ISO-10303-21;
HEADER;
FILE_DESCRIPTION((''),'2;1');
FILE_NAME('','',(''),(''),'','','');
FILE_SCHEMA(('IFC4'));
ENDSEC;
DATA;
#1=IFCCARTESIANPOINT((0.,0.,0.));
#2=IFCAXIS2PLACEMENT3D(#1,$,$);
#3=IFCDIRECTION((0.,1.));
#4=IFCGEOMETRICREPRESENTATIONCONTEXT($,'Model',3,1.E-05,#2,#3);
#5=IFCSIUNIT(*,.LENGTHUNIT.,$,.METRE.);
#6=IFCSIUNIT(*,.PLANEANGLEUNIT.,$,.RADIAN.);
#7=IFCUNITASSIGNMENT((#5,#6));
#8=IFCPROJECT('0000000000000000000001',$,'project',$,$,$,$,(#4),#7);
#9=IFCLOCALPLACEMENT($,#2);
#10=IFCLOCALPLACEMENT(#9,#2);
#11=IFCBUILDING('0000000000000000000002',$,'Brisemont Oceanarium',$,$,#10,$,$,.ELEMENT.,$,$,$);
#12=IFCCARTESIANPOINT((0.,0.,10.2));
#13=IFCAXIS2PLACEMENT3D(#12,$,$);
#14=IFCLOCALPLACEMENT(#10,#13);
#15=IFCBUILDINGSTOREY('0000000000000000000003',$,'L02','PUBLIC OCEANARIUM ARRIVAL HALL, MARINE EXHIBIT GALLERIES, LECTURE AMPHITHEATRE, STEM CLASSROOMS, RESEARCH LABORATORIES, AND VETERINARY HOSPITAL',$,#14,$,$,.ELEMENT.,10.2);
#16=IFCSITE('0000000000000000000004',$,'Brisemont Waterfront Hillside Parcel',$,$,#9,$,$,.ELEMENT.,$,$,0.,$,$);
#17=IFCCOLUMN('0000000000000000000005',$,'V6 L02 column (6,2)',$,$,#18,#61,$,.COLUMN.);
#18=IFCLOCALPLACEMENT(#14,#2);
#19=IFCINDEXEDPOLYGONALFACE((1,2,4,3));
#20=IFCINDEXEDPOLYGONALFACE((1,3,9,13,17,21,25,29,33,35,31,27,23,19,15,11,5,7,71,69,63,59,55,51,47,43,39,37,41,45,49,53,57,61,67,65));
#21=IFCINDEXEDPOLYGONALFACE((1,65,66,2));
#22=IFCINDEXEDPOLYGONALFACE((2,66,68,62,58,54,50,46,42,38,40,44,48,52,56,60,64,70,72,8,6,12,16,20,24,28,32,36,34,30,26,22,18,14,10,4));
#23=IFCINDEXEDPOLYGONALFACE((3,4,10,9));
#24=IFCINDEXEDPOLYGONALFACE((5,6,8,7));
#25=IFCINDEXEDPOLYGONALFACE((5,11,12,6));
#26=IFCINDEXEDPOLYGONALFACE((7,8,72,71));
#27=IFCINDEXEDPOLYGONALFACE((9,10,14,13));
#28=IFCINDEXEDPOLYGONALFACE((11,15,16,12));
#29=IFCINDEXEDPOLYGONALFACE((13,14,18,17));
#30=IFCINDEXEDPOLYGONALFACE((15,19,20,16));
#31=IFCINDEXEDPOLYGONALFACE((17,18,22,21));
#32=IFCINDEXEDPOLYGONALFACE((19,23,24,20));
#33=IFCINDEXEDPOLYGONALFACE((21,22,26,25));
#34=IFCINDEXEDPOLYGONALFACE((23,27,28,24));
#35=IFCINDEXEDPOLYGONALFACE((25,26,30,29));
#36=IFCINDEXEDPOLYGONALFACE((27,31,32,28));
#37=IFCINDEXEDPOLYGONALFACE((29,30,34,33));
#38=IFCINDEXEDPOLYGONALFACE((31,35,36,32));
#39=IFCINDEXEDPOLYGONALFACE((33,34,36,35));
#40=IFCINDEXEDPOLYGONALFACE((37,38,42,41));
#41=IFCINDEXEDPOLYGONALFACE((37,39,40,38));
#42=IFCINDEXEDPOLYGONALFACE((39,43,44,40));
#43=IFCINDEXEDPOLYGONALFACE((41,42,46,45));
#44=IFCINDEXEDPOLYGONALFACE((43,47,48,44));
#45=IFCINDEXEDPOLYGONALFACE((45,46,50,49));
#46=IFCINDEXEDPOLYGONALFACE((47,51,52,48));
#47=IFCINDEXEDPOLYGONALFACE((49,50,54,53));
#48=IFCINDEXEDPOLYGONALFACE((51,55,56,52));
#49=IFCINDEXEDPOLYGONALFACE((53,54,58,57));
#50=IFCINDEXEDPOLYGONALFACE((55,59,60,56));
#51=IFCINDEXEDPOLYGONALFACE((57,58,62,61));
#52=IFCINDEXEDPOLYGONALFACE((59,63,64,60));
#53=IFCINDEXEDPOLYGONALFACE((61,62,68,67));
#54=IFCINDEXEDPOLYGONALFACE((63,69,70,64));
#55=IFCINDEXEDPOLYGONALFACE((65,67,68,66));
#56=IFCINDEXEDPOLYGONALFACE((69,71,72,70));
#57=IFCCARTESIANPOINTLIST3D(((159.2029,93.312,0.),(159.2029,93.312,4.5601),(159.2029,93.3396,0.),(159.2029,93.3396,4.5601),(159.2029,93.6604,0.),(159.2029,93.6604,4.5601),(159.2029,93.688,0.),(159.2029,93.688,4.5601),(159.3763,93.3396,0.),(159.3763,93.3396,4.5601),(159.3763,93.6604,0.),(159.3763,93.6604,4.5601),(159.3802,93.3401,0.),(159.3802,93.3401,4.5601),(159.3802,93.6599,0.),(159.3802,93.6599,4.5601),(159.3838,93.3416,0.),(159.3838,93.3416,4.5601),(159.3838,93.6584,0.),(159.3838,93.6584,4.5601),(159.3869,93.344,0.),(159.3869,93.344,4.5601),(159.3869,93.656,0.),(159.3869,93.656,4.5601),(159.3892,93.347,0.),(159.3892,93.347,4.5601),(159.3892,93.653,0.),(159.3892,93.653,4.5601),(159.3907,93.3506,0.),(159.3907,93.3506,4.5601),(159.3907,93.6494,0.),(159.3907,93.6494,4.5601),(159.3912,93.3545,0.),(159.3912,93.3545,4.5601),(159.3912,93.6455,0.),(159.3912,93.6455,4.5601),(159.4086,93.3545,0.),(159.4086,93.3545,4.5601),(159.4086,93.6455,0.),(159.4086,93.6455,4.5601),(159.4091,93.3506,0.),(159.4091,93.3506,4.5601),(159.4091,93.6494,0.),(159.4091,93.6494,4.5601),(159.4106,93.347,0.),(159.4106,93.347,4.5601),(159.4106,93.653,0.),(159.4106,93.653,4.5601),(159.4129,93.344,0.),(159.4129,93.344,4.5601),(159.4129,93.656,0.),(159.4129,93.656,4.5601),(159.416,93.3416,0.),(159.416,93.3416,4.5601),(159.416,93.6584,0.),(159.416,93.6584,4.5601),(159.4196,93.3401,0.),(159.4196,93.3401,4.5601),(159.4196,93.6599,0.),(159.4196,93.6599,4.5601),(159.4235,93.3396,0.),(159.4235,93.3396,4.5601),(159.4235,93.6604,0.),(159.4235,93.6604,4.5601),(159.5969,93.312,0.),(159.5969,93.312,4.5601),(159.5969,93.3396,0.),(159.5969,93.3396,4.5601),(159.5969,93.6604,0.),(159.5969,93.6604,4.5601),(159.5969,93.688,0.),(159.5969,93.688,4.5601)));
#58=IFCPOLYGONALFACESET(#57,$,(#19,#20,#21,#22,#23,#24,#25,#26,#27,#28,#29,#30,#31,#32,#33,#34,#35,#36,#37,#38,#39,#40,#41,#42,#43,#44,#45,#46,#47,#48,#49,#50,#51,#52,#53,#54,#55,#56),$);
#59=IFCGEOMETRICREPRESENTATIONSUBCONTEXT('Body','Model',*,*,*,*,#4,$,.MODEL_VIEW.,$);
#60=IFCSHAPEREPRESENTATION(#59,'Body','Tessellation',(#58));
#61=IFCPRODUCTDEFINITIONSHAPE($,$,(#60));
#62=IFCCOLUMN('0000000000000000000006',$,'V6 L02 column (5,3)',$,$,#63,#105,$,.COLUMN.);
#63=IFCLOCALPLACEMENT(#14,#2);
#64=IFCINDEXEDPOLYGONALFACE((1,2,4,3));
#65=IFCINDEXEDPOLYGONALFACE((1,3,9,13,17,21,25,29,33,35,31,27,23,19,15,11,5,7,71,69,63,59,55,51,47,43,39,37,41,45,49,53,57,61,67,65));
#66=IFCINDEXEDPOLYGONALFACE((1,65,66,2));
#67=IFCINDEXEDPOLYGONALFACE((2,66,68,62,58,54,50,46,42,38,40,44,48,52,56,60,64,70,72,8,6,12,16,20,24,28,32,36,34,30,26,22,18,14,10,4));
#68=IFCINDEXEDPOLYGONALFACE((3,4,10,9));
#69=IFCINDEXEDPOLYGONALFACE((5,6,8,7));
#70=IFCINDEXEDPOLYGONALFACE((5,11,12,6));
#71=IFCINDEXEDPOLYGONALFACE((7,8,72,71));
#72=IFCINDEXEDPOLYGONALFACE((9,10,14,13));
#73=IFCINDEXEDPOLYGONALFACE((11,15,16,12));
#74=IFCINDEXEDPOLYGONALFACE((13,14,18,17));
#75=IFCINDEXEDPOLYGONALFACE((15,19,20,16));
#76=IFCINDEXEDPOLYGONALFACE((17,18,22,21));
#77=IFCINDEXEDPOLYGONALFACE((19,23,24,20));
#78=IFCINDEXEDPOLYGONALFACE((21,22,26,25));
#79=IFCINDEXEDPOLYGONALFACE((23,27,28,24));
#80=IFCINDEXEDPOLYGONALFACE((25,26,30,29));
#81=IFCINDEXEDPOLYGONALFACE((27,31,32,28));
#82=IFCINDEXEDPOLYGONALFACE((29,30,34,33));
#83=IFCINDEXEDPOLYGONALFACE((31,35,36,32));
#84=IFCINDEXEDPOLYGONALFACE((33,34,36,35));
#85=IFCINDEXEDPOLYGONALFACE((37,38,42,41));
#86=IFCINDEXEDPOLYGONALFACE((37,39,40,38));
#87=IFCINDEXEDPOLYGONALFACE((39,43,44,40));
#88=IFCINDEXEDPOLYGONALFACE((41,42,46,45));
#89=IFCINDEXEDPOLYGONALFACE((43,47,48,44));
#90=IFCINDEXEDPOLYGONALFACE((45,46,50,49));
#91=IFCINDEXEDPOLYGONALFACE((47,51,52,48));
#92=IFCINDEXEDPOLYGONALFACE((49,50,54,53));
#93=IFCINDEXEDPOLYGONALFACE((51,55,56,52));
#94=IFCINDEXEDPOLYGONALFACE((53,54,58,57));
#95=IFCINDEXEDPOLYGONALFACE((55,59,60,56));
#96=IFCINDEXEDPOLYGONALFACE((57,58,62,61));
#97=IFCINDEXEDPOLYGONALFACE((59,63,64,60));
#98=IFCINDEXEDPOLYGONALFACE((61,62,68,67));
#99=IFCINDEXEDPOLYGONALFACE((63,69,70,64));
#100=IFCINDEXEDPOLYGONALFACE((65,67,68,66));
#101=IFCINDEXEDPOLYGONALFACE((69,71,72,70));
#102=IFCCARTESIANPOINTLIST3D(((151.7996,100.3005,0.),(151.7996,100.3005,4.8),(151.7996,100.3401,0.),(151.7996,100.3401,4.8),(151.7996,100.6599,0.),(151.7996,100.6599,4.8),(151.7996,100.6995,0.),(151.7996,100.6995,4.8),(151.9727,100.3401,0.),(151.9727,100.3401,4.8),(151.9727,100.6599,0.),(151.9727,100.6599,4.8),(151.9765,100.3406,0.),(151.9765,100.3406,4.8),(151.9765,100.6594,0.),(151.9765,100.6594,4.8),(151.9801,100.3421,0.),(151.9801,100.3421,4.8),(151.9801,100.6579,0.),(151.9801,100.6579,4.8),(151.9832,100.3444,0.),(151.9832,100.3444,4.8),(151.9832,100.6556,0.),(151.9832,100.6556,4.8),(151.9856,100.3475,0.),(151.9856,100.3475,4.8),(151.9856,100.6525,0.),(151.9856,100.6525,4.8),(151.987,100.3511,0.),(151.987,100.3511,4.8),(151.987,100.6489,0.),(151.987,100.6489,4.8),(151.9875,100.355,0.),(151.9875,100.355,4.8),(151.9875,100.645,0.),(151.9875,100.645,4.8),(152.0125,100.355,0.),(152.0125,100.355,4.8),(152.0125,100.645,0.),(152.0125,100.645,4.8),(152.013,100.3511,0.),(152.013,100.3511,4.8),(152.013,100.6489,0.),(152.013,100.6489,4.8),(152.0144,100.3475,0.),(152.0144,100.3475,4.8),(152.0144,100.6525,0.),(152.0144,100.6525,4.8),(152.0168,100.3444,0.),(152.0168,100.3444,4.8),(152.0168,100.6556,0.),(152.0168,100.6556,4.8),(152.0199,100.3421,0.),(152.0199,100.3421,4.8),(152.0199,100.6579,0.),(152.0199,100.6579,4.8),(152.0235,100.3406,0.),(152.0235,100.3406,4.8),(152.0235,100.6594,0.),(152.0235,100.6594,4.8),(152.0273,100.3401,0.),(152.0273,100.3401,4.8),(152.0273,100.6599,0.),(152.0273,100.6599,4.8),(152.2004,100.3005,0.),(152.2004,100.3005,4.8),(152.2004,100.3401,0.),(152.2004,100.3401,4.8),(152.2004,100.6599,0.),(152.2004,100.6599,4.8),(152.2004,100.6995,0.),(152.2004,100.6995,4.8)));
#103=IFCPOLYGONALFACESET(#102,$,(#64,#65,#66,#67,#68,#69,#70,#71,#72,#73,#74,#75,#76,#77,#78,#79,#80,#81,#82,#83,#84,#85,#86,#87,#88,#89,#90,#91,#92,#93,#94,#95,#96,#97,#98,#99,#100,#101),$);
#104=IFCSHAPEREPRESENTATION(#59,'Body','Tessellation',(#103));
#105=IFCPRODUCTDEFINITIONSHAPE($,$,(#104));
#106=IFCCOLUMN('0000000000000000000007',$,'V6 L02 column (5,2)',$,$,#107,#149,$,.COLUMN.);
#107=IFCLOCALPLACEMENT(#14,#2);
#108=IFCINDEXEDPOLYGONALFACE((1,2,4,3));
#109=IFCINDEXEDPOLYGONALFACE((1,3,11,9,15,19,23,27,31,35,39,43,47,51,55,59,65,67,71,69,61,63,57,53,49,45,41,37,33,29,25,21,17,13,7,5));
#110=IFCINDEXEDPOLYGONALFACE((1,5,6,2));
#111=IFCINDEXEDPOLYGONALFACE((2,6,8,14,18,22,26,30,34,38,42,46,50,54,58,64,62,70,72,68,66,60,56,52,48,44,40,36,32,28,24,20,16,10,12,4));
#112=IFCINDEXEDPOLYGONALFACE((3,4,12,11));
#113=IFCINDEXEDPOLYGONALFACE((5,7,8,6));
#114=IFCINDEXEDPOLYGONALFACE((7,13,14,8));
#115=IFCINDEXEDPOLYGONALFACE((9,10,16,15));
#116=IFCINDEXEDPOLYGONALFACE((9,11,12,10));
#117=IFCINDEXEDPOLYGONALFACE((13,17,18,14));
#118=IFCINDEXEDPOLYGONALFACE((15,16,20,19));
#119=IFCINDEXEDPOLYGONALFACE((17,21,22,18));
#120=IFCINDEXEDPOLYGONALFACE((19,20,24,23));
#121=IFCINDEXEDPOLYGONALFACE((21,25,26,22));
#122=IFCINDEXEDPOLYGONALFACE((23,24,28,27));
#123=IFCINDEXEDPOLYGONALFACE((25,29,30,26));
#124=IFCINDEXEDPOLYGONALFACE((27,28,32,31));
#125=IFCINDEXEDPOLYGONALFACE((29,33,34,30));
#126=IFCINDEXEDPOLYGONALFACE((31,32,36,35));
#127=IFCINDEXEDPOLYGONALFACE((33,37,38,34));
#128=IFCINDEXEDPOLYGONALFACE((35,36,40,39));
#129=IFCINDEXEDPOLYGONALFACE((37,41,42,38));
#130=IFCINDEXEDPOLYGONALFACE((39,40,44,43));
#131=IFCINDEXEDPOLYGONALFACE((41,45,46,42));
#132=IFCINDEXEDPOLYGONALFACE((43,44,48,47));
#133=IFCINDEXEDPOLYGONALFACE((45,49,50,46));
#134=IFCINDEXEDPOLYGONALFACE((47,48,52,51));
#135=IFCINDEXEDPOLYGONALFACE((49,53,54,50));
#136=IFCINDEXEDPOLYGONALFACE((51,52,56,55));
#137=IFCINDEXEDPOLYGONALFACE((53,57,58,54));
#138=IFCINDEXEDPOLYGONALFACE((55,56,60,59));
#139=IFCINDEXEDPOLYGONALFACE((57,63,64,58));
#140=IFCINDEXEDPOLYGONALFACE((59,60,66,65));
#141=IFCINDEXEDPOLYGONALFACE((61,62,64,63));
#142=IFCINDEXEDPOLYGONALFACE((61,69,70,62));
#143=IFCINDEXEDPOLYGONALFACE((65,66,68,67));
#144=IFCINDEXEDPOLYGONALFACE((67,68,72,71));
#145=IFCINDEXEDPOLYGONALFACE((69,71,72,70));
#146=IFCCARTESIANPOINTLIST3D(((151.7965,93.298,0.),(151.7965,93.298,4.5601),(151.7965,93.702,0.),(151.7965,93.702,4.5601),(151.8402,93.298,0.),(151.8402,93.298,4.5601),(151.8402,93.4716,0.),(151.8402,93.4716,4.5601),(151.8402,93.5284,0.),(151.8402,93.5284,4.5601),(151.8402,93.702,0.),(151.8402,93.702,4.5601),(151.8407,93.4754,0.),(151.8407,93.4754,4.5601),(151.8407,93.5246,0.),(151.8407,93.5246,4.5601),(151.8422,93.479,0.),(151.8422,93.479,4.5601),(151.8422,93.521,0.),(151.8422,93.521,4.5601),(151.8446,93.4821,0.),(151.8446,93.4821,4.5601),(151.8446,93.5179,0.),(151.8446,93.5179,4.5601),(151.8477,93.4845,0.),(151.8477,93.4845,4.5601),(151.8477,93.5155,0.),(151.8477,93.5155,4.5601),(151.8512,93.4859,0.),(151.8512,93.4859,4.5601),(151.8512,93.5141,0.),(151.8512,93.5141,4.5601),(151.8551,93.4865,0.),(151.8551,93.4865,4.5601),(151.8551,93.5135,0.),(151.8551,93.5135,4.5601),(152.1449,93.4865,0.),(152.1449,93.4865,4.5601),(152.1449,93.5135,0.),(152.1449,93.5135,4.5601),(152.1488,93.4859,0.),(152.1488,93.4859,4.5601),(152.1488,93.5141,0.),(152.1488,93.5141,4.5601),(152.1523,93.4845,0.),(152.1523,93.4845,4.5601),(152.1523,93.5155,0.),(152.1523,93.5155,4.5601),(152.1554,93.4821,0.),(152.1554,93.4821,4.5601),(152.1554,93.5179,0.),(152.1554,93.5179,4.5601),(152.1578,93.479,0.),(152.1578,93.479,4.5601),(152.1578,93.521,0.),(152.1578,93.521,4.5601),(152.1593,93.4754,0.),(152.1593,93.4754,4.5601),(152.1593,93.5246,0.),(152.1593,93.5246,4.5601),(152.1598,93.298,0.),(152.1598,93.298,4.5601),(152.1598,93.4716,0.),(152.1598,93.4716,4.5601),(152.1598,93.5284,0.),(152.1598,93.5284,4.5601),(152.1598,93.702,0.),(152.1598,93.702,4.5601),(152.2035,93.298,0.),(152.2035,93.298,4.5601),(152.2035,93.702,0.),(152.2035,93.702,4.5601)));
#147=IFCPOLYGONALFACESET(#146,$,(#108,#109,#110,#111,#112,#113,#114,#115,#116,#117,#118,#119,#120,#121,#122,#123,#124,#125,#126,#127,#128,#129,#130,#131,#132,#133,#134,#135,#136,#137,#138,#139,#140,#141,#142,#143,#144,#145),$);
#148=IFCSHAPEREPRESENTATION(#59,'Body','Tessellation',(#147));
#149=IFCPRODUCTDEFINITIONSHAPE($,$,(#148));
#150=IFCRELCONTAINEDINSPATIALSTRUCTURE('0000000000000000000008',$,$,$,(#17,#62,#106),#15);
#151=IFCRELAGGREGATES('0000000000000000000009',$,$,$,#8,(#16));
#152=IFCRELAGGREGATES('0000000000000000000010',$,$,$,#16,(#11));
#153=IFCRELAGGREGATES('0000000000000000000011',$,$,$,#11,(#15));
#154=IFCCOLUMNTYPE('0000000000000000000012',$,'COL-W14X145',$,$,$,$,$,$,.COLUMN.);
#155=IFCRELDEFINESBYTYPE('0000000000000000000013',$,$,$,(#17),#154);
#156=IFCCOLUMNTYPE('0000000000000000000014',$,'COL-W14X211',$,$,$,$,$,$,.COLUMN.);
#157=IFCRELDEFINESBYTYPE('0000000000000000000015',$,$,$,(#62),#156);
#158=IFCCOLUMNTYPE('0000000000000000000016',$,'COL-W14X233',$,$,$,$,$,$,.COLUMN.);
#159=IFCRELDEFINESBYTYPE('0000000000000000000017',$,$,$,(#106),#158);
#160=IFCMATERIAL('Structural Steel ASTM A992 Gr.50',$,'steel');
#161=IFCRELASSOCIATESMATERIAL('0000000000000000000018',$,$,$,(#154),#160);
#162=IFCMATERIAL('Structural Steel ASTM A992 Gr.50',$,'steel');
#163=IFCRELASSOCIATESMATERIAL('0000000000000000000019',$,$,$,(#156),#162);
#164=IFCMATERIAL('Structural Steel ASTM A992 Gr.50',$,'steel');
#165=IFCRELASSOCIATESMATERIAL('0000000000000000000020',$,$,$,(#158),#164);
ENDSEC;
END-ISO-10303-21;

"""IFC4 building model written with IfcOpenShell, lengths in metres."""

from ifc_helpers import new_model, si_unit, direction, frame, origin, origin_2d, place, context, subcontext, project, spatial, i_section, extrude, material, material_profile, profile_set, type_object, element, save


model = new_model("IFC4")

# Units and contexts
model_context = context("Model", 3, precision=1e-05, world=origin(), true_north=direction((0.0, 1.0)))
body_context = subcontext(model_context, "Body", "Model", "MODEL_VIEW")
ifc_project = project(units=[si_unit("LENGTHUNIT", "METRE"), si_unit("PLANEANGLEUNIT", "RADIAN")], contexts=[model_context])

# Site, building, storey
site_placement = place(None, origin())
site = spatial("IfcSite", under=ifc_project, at=site_placement, Name="Brisemont Waterfront Hillside Parcel", CompositionType="ELEMENT", RefElevation=0.0)
building_placement = place(site_placement, origin())
building = spatial("IfcBuilding", under=site, at=building_placement, Name="Brisemont Oceanarium", CompositionType="ELEMENT")
storey_placement = place(building_placement, frame((0.0, 0.0, 10.2)))
storey = spatial("IfcBuildingStorey", under=building, at=storey_placement, Name="L02", Description="PUBLIC OCEANARIUM ARRIVAL HALL, MARINE EXHIBIT GALLERIES, LECTURE AMPHITHEATRE, STEM CLASSROOMS, RESEARCH LABORATORIES, AND VETERINARY HOSPITAL", CompositionType="ELEMENT", Elevation=10.2)

# Columns
ifc_material_1 = material(Name="Structural Steel ASTM A992 Gr.50", Category="steel")
ifc_material_profile_1 = material_profile(ifc_material_1, i_section(OverallWidth=0.394, OverallDepth=0.376, WebThickness=0.0173, FlangeThickness=0.0276, FilletRadius=0.0149, at=origin_2d()), Name="W14X145")
ifc_profile_set_1 = profile_set([ifc_material_profile_1], Name="Structural Steel ASTM A992 Gr.50")
column_type_1 = type_object("IfcColumnType", Name="COL-W14X145", PredefinedType="COLUMN", material=ifc_profile_set_1)
column_1_placement = place(storey_placement, frame((159.3999, 93.5, 0.0), z_axis=(0.0, 0.0, 1.0), x_axis=(1.0, 0.0, 0.0)))
element("IfcColumn", 1, at=column_1_placement, inside=storey, type_object=column_type_1, Name="V6 L02 column (6,2)", PredefinedType="COLUMN", context=body_context, shape_type="SweptSolid", body=[
    extrude(i_section(OverallWidth=0.394, OverallDepth=0.376, WebThickness=0.0173, FlangeThickness=0.0276, FilletRadius=0.0149, at=origin_2d()), origin(), (0.0, 0.0, 1.0), 4.5601),
])
ifc_material_2 = material(Name="Structural Steel ASTM A992 Gr.50", Category="steel")
ifc_material_profile_2 = material_profile(ifc_material_2, i_section(OverallWidth=0.4009, OverallDepth=0.3989, WebThickness=0.0249, FlangeThickness=0.0396, FilletRadius=0.0149, at=origin_2d()), Name="W14X211")
ifc_profile_set_2 = profile_set([ifc_material_profile_2], Name="Structural Steel ASTM A992 Gr.50")
column_type_2 = type_object("IfcColumnType", Name="COL-W14X211", PredefinedType="COLUMN", material=ifc_profile_set_2)
column_2_placement = place(storey_placement, frame((152.0, 100.5, 0.0), z_axis=(0.0, 0.0, 1.0), x_axis=(1.0, 0.0, 0.0)))
element("IfcColumn", 2, at=column_2_placement, inside=storey, type_object=column_type_2, Name="V6 L02 column (5,3)", PredefinedType="COLUMN", context=body_context, shape_type="SweptSolid", body=[
    extrude(i_section(OverallWidth=0.4009, OverallDepth=0.3989, WebThickness=0.0249, FlangeThickness=0.0396, FilletRadius=0.0149, at=origin_2d()), origin(), (0.0, 0.0, 1.0), 4.8),
])
ifc_material_3 = material(Name="Structural Steel ASTM A992 Gr.50", Category="steel")
ifc_material_profile_3 = material_profile(ifc_material_3, i_section(OverallWidth=0.4041, OverallDepth=0.407, WebThickness=0.0271, FlangeThickness=0.0437, FilletRadius=0.0149, at=origin_2d()), Name="W14X233")
ifc_profile_set_3 = profile_set([ifc_material_profile_3], Name="Structural Steel ASTM A992 Gr.50")
column_type_3 = type_object("IfcColumnType", Name="COL-W14X233", PredefinedType="COLUMN", material=ifc_profile_set_3)
column_3_placement = place(storey_placement, frame((152.0, 93.5, 0.0), z_axis=(0.0, 0.0, 1.0), x_axis=(0.0, 1.0, 0.0)))
element("IfcColumn", 3, at=column_3_placement, inside=storey, type_object=column_type_3, Name="V6 L02 column (5,2)", PredefinedType="COLUMN", context=body_context, shape_type="SweptSolid", body=[
    extrude(i_section(OverallWidth=0.4041, OverallDepth=0.407, WebThickness=0.0271, FlangeThickness=0.0437, FilletRadius=0.0149, at=origin_2d()), origin(), (0.0, 0.0, 1.0), 4.5601),
])

save(model, "model.ifc")
